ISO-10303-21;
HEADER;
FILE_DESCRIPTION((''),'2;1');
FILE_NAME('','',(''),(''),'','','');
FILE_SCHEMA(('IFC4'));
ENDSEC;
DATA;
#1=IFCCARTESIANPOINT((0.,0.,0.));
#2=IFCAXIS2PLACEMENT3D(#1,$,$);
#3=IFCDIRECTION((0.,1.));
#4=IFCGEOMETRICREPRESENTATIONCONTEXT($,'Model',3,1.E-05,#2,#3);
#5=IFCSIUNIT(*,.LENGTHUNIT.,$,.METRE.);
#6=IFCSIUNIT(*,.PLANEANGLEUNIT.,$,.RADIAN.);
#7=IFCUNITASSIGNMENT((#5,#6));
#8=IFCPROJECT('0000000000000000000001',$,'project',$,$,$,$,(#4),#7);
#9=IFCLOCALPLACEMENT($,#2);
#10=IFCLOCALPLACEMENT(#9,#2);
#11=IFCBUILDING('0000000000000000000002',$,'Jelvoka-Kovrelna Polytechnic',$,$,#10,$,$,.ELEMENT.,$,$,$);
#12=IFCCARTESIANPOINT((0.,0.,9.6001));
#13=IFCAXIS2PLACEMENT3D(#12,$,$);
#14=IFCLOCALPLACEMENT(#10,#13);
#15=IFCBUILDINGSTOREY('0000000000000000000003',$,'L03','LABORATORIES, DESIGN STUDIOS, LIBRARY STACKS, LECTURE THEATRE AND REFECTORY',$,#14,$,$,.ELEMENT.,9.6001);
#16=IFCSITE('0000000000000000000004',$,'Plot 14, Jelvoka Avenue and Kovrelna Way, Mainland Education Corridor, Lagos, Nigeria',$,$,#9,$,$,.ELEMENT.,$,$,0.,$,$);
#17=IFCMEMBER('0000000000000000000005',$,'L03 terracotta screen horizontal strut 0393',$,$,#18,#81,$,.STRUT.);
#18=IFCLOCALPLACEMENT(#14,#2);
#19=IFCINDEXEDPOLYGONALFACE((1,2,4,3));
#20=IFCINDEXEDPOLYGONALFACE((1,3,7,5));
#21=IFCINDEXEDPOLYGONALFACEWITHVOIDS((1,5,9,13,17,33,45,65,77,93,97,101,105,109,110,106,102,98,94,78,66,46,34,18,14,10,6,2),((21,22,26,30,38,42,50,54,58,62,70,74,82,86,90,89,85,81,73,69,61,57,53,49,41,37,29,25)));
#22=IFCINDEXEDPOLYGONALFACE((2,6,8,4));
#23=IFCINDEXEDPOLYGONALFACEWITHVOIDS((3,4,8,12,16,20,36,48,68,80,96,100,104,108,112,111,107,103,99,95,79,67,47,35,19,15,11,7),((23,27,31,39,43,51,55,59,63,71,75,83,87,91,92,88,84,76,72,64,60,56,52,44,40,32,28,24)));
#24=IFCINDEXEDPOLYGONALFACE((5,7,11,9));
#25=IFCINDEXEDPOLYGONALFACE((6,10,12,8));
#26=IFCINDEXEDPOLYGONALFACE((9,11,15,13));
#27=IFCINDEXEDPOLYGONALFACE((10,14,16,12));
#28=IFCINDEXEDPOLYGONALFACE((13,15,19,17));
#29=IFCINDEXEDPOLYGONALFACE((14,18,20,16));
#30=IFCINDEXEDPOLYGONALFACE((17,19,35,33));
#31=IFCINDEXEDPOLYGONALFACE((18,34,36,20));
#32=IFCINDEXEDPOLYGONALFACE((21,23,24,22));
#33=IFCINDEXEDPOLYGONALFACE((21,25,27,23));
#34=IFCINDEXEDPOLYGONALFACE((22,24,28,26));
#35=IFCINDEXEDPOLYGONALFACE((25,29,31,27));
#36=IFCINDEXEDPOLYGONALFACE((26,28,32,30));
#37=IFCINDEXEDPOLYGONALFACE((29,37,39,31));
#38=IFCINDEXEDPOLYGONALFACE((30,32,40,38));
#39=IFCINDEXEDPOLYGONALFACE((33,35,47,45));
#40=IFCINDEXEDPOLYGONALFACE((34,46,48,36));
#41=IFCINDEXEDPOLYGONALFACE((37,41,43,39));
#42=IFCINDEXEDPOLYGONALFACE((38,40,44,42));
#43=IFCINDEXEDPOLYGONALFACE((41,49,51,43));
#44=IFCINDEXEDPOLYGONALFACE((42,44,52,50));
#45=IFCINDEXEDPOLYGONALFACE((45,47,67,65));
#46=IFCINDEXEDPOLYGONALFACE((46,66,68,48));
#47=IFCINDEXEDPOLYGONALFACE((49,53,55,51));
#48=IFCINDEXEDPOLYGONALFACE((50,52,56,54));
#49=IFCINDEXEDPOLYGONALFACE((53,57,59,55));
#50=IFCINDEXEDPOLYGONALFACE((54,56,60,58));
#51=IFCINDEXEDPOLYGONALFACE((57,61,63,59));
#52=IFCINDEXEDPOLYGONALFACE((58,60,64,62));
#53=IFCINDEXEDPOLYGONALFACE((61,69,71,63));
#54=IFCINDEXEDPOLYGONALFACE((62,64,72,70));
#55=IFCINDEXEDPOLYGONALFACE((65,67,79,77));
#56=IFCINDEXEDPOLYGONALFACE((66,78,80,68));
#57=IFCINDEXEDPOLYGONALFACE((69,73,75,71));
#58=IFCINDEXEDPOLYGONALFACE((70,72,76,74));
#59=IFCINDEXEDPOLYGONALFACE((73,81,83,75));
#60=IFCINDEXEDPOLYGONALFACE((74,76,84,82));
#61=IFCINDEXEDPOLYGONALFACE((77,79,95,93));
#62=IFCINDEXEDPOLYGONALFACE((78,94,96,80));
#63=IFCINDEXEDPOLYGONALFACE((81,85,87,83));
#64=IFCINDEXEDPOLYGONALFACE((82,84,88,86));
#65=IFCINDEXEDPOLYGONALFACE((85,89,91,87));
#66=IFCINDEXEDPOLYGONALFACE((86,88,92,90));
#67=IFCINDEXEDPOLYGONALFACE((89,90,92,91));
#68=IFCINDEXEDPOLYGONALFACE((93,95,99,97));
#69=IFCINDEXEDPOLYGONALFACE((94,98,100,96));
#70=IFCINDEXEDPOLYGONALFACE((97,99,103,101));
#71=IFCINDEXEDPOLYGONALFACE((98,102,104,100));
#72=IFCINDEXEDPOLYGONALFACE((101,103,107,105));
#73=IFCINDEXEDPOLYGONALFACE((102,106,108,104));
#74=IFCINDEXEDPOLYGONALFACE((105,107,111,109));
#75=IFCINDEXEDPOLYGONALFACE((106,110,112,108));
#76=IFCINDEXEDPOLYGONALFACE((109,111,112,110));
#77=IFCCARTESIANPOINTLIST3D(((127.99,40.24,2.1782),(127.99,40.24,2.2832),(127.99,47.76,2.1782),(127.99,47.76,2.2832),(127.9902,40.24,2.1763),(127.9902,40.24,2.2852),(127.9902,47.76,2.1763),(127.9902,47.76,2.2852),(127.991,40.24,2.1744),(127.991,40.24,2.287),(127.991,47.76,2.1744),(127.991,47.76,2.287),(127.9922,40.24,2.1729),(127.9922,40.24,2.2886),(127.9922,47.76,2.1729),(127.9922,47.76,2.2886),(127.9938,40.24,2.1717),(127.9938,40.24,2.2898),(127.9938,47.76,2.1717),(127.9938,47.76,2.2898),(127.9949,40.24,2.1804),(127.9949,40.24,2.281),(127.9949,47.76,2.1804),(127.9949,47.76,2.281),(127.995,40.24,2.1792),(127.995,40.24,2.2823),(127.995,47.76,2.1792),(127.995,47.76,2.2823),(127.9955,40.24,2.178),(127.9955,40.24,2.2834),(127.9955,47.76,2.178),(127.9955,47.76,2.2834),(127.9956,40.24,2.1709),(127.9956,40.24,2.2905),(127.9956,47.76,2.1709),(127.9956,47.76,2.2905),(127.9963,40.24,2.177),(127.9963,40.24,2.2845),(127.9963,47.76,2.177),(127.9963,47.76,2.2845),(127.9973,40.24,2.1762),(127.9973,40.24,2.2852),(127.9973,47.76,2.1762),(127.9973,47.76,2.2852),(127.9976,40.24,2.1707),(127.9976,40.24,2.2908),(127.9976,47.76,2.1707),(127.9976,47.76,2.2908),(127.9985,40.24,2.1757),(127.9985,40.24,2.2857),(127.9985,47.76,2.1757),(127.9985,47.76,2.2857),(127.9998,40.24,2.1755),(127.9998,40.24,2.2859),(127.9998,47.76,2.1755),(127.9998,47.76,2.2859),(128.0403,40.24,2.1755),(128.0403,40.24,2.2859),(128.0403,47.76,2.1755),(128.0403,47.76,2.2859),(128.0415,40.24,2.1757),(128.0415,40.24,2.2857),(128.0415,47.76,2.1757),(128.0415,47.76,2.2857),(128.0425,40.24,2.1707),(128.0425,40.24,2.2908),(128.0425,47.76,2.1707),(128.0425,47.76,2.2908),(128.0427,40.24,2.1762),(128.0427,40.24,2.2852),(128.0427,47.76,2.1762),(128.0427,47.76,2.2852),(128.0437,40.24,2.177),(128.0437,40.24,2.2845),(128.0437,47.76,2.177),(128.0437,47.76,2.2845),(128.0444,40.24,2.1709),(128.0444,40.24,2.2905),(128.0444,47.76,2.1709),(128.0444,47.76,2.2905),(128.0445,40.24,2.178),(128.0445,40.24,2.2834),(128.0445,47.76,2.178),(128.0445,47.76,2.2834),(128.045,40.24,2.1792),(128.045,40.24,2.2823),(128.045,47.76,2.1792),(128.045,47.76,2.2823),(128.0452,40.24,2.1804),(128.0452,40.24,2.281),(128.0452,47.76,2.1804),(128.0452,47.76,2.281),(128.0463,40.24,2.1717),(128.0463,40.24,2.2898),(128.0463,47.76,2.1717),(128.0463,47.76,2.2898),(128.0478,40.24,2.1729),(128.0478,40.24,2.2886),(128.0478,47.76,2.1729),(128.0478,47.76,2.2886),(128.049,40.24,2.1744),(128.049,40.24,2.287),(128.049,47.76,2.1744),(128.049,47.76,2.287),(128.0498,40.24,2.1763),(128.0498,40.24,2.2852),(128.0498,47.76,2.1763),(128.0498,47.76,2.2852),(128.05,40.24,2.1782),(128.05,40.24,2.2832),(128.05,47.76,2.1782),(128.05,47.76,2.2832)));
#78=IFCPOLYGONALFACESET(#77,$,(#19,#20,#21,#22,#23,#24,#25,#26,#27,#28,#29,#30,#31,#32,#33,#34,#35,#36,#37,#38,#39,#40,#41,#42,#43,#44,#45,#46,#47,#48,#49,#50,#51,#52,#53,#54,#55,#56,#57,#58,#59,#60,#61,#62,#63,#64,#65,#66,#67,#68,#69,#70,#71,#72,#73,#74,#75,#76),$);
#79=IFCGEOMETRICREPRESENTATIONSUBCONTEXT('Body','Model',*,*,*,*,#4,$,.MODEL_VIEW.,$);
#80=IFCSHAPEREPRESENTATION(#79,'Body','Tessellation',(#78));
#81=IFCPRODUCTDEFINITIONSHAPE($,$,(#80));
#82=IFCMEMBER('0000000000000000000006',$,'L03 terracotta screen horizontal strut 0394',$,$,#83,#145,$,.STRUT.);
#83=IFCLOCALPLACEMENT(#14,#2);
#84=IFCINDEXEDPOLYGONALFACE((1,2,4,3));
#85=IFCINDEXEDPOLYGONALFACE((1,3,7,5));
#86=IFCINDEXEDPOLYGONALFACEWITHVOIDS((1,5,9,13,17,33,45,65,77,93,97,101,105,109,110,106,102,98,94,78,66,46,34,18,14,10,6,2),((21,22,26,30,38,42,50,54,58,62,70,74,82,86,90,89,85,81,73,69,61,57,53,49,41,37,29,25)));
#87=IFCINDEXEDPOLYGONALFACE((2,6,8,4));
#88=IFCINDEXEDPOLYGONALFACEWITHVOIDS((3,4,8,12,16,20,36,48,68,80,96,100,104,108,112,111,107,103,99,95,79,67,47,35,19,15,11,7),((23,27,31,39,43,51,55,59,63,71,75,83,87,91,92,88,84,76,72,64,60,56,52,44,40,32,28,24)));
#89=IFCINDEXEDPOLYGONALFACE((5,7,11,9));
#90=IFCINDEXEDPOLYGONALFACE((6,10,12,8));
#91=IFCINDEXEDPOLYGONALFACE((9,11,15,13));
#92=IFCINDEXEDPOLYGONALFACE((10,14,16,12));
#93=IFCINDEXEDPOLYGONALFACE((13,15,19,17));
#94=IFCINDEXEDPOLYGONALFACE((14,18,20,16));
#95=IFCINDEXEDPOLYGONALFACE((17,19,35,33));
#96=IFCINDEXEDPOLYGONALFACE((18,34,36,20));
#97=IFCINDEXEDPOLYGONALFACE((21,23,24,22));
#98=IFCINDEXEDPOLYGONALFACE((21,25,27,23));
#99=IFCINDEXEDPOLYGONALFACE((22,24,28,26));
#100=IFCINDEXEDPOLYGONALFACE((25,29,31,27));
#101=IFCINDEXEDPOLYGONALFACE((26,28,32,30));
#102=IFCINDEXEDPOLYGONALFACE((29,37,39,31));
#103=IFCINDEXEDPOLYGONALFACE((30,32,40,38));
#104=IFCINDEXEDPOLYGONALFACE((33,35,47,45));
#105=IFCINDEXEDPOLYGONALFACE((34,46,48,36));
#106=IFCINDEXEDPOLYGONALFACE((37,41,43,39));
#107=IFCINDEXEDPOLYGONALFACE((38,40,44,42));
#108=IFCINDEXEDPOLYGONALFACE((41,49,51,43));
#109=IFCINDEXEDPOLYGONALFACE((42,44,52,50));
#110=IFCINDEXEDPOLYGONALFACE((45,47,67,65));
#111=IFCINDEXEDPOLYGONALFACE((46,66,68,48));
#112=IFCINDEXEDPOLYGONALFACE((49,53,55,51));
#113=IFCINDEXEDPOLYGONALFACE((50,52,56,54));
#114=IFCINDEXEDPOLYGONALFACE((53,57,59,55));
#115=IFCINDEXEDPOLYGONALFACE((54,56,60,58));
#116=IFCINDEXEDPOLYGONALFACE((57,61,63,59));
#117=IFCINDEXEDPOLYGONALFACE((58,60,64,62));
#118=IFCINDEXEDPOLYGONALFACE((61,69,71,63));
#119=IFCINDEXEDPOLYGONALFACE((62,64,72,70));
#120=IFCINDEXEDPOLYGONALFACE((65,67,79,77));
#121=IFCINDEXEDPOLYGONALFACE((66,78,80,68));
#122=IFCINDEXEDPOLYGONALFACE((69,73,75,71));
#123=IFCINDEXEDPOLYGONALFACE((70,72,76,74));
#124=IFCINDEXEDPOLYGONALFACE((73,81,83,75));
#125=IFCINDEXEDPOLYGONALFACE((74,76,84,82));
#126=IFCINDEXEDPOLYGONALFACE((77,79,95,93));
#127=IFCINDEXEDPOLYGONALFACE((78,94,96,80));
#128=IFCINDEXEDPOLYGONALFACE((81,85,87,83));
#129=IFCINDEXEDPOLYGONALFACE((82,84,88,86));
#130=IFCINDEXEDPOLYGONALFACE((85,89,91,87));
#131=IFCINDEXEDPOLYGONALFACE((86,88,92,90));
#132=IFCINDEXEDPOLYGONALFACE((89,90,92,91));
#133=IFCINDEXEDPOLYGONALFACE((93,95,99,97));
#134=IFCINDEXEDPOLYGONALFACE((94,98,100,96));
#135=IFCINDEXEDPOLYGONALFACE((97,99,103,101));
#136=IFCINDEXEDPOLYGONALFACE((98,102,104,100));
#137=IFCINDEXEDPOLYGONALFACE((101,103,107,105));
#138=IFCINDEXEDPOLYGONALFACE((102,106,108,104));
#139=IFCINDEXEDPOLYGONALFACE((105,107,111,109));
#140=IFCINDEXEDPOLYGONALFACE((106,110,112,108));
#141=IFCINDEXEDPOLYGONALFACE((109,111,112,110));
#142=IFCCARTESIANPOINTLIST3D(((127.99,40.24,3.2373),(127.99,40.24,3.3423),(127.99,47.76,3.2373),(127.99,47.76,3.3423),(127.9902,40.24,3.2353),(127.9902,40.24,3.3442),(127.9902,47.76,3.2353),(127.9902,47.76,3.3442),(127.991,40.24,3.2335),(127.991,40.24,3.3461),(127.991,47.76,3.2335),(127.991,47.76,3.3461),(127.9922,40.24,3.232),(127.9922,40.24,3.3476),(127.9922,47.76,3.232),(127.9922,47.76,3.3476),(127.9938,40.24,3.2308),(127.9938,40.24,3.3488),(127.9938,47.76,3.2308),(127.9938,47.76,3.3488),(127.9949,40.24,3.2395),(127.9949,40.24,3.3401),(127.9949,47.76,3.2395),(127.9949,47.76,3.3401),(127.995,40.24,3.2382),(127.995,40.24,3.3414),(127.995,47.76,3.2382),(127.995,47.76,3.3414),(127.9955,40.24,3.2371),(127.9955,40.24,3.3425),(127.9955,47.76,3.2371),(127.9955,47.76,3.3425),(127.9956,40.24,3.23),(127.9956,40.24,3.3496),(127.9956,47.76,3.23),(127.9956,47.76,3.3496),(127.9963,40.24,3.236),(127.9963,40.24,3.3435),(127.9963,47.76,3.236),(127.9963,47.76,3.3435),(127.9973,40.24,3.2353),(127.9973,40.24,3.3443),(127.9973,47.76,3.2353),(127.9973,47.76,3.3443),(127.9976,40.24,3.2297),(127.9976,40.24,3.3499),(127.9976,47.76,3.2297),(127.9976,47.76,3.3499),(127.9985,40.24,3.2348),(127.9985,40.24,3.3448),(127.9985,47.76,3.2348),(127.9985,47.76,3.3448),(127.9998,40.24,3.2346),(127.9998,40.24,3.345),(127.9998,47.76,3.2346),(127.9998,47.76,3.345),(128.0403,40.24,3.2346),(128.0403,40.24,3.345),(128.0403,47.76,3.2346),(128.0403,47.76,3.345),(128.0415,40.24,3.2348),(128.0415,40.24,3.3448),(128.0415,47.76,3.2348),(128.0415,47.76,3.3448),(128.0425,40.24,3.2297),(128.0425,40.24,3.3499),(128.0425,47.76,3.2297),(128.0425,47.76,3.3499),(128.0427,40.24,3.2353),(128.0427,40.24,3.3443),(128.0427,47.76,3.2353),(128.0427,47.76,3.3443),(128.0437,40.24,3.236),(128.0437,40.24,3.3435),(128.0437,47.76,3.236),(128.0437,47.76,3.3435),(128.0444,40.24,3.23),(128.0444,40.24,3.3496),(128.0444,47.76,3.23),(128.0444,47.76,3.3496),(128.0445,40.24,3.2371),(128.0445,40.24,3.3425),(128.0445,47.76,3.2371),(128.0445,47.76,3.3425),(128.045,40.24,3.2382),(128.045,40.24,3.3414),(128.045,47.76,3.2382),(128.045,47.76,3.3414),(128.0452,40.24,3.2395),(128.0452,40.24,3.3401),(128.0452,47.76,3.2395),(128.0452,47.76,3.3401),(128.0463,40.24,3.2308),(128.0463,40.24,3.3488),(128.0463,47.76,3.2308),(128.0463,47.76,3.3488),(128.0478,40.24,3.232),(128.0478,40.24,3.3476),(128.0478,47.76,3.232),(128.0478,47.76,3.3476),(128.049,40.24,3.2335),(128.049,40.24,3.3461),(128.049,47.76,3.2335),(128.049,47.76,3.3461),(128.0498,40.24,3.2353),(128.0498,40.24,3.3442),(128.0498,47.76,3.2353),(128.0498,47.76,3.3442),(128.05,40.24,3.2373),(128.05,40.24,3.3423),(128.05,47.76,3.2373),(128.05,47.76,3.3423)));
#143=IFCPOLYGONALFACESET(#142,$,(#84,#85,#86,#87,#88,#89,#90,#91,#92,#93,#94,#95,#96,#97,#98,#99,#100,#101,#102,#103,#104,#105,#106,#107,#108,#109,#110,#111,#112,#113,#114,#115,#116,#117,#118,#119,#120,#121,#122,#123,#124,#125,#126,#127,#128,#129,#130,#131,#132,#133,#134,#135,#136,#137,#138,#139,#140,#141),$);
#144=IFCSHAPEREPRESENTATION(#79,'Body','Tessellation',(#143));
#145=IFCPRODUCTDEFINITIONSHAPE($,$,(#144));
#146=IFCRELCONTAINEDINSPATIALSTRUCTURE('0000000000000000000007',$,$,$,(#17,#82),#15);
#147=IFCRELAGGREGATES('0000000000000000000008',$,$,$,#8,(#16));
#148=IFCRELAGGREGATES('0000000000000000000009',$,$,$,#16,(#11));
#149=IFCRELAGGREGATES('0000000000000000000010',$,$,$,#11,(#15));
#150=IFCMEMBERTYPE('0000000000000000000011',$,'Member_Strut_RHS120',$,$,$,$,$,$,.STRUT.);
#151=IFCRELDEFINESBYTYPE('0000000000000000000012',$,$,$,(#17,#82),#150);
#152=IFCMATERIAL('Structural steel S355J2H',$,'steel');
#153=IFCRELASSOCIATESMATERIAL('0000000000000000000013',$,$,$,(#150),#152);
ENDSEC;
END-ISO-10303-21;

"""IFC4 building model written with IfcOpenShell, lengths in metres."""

from ifc_helpers import new_model, si_unit, direction, frame, origin, origin_2d, place, context, subcontext, project, spatial, hollow_rectangle, extrude, material, material_profile, profile_set, type_object, element, save


model = new_model("IFC4")

# Units and contexts
model_context = context("Model", 3, precision=1e-05, world=origin(), true_north=direction((0.0, 1.0)))
body_context = subcontext(model_context, "Body", "Model", "MODEL_VIEW")
ifc_project = project(units=[si_unit("LENGTHUNIT", "METRE"), si_unit("PLANEANGLEUNIT", "RADIAN")], contexts=[model_context])

# Site, building, storey
site_placement = place(None, origin())
site = spatial("IfcSite", under=ifc_project, at=site_placement, Name="Plot 14, Jelvoka Avenue and Kovrelna Way, Mainland Education Corridor, Lagos, Nigeria", CompositionType="ELEMENT", RefElevation=0.0)
building_placement = place(site_placement, origin())
building = spatial("IfcBuilding", under=site, at=building_placement, Name="Jelvoka-Kovrelna Polytechnic", CompositionType="ELEMENT")
storey_placement = place(building_placement, frame((0.0, 0.0, 9.6001)))
storey = spatial("IfcBuildingStorey", under=building, at=storey_placement, Name="L03", Description="LABORATORIES, DESIGN STUDIOS, LIBRARY STACKS, LECTURE THEATRE AND REFECTORY", CompositionType="ELEMENT", Elevation=9.6001)

# Members
ifc_material_1 = material(Name="Structural steel S355J2H", Category="steel")
ifc_material_profile_1 = material_profile(ifc_material_1, hollow_rectangle(XDim=0.0601, YDim=0.1201, WallThickness=0.0049, InnerFilletRadius=0.0049, OuterFilletRadius=0.0076, at=origin_2d()), Name="120x60x5.0 RHS")
ifc_profile_set_1 = profile_set([ifc_material_profile_1], Name="Structural steel S355J2H")
member_type_1 = type_object("IfcMemberType", Name="Member_Strut_RHS120", PredefinedType="STRUT", material=ifc_profile_set_1)
for number, where, z_axis, x_axis, name in (
    (1, (128.02, 40.24, 2.2307), (0.0, 1.0, 0.0), (-1.0, 0.0, 0.0), "L03 terracotta screen horizontal strut 0393"),
    (2, (128.02, 40.24, 3.2898), (0.0, 1.0, 0.0), (-1.0, 0.0, 0.0), "L03 terracotta screen horizontal strut 0394"),
):
    element("IfcMember", number, at=place(storey_placement, frame(where, z_axis=z_axis, x_axis=x_axis)), inside=storey, type_object=member_type_1, Name=name, PredefinedType="STRUT", context=body_context, shape_type="SweptSolid", body=[
        extrude(hollow_rectangle(XDim=0.0601, YDim=0.1201, WallThickness=0.0049, InnerFilletRadius=0.0049, OuterFilletRadius=0.0076, at=origin_2d()), origin(), (0.0, 0.0, 1.0), 7.52),
    ])

save(model, "model.ifc")
